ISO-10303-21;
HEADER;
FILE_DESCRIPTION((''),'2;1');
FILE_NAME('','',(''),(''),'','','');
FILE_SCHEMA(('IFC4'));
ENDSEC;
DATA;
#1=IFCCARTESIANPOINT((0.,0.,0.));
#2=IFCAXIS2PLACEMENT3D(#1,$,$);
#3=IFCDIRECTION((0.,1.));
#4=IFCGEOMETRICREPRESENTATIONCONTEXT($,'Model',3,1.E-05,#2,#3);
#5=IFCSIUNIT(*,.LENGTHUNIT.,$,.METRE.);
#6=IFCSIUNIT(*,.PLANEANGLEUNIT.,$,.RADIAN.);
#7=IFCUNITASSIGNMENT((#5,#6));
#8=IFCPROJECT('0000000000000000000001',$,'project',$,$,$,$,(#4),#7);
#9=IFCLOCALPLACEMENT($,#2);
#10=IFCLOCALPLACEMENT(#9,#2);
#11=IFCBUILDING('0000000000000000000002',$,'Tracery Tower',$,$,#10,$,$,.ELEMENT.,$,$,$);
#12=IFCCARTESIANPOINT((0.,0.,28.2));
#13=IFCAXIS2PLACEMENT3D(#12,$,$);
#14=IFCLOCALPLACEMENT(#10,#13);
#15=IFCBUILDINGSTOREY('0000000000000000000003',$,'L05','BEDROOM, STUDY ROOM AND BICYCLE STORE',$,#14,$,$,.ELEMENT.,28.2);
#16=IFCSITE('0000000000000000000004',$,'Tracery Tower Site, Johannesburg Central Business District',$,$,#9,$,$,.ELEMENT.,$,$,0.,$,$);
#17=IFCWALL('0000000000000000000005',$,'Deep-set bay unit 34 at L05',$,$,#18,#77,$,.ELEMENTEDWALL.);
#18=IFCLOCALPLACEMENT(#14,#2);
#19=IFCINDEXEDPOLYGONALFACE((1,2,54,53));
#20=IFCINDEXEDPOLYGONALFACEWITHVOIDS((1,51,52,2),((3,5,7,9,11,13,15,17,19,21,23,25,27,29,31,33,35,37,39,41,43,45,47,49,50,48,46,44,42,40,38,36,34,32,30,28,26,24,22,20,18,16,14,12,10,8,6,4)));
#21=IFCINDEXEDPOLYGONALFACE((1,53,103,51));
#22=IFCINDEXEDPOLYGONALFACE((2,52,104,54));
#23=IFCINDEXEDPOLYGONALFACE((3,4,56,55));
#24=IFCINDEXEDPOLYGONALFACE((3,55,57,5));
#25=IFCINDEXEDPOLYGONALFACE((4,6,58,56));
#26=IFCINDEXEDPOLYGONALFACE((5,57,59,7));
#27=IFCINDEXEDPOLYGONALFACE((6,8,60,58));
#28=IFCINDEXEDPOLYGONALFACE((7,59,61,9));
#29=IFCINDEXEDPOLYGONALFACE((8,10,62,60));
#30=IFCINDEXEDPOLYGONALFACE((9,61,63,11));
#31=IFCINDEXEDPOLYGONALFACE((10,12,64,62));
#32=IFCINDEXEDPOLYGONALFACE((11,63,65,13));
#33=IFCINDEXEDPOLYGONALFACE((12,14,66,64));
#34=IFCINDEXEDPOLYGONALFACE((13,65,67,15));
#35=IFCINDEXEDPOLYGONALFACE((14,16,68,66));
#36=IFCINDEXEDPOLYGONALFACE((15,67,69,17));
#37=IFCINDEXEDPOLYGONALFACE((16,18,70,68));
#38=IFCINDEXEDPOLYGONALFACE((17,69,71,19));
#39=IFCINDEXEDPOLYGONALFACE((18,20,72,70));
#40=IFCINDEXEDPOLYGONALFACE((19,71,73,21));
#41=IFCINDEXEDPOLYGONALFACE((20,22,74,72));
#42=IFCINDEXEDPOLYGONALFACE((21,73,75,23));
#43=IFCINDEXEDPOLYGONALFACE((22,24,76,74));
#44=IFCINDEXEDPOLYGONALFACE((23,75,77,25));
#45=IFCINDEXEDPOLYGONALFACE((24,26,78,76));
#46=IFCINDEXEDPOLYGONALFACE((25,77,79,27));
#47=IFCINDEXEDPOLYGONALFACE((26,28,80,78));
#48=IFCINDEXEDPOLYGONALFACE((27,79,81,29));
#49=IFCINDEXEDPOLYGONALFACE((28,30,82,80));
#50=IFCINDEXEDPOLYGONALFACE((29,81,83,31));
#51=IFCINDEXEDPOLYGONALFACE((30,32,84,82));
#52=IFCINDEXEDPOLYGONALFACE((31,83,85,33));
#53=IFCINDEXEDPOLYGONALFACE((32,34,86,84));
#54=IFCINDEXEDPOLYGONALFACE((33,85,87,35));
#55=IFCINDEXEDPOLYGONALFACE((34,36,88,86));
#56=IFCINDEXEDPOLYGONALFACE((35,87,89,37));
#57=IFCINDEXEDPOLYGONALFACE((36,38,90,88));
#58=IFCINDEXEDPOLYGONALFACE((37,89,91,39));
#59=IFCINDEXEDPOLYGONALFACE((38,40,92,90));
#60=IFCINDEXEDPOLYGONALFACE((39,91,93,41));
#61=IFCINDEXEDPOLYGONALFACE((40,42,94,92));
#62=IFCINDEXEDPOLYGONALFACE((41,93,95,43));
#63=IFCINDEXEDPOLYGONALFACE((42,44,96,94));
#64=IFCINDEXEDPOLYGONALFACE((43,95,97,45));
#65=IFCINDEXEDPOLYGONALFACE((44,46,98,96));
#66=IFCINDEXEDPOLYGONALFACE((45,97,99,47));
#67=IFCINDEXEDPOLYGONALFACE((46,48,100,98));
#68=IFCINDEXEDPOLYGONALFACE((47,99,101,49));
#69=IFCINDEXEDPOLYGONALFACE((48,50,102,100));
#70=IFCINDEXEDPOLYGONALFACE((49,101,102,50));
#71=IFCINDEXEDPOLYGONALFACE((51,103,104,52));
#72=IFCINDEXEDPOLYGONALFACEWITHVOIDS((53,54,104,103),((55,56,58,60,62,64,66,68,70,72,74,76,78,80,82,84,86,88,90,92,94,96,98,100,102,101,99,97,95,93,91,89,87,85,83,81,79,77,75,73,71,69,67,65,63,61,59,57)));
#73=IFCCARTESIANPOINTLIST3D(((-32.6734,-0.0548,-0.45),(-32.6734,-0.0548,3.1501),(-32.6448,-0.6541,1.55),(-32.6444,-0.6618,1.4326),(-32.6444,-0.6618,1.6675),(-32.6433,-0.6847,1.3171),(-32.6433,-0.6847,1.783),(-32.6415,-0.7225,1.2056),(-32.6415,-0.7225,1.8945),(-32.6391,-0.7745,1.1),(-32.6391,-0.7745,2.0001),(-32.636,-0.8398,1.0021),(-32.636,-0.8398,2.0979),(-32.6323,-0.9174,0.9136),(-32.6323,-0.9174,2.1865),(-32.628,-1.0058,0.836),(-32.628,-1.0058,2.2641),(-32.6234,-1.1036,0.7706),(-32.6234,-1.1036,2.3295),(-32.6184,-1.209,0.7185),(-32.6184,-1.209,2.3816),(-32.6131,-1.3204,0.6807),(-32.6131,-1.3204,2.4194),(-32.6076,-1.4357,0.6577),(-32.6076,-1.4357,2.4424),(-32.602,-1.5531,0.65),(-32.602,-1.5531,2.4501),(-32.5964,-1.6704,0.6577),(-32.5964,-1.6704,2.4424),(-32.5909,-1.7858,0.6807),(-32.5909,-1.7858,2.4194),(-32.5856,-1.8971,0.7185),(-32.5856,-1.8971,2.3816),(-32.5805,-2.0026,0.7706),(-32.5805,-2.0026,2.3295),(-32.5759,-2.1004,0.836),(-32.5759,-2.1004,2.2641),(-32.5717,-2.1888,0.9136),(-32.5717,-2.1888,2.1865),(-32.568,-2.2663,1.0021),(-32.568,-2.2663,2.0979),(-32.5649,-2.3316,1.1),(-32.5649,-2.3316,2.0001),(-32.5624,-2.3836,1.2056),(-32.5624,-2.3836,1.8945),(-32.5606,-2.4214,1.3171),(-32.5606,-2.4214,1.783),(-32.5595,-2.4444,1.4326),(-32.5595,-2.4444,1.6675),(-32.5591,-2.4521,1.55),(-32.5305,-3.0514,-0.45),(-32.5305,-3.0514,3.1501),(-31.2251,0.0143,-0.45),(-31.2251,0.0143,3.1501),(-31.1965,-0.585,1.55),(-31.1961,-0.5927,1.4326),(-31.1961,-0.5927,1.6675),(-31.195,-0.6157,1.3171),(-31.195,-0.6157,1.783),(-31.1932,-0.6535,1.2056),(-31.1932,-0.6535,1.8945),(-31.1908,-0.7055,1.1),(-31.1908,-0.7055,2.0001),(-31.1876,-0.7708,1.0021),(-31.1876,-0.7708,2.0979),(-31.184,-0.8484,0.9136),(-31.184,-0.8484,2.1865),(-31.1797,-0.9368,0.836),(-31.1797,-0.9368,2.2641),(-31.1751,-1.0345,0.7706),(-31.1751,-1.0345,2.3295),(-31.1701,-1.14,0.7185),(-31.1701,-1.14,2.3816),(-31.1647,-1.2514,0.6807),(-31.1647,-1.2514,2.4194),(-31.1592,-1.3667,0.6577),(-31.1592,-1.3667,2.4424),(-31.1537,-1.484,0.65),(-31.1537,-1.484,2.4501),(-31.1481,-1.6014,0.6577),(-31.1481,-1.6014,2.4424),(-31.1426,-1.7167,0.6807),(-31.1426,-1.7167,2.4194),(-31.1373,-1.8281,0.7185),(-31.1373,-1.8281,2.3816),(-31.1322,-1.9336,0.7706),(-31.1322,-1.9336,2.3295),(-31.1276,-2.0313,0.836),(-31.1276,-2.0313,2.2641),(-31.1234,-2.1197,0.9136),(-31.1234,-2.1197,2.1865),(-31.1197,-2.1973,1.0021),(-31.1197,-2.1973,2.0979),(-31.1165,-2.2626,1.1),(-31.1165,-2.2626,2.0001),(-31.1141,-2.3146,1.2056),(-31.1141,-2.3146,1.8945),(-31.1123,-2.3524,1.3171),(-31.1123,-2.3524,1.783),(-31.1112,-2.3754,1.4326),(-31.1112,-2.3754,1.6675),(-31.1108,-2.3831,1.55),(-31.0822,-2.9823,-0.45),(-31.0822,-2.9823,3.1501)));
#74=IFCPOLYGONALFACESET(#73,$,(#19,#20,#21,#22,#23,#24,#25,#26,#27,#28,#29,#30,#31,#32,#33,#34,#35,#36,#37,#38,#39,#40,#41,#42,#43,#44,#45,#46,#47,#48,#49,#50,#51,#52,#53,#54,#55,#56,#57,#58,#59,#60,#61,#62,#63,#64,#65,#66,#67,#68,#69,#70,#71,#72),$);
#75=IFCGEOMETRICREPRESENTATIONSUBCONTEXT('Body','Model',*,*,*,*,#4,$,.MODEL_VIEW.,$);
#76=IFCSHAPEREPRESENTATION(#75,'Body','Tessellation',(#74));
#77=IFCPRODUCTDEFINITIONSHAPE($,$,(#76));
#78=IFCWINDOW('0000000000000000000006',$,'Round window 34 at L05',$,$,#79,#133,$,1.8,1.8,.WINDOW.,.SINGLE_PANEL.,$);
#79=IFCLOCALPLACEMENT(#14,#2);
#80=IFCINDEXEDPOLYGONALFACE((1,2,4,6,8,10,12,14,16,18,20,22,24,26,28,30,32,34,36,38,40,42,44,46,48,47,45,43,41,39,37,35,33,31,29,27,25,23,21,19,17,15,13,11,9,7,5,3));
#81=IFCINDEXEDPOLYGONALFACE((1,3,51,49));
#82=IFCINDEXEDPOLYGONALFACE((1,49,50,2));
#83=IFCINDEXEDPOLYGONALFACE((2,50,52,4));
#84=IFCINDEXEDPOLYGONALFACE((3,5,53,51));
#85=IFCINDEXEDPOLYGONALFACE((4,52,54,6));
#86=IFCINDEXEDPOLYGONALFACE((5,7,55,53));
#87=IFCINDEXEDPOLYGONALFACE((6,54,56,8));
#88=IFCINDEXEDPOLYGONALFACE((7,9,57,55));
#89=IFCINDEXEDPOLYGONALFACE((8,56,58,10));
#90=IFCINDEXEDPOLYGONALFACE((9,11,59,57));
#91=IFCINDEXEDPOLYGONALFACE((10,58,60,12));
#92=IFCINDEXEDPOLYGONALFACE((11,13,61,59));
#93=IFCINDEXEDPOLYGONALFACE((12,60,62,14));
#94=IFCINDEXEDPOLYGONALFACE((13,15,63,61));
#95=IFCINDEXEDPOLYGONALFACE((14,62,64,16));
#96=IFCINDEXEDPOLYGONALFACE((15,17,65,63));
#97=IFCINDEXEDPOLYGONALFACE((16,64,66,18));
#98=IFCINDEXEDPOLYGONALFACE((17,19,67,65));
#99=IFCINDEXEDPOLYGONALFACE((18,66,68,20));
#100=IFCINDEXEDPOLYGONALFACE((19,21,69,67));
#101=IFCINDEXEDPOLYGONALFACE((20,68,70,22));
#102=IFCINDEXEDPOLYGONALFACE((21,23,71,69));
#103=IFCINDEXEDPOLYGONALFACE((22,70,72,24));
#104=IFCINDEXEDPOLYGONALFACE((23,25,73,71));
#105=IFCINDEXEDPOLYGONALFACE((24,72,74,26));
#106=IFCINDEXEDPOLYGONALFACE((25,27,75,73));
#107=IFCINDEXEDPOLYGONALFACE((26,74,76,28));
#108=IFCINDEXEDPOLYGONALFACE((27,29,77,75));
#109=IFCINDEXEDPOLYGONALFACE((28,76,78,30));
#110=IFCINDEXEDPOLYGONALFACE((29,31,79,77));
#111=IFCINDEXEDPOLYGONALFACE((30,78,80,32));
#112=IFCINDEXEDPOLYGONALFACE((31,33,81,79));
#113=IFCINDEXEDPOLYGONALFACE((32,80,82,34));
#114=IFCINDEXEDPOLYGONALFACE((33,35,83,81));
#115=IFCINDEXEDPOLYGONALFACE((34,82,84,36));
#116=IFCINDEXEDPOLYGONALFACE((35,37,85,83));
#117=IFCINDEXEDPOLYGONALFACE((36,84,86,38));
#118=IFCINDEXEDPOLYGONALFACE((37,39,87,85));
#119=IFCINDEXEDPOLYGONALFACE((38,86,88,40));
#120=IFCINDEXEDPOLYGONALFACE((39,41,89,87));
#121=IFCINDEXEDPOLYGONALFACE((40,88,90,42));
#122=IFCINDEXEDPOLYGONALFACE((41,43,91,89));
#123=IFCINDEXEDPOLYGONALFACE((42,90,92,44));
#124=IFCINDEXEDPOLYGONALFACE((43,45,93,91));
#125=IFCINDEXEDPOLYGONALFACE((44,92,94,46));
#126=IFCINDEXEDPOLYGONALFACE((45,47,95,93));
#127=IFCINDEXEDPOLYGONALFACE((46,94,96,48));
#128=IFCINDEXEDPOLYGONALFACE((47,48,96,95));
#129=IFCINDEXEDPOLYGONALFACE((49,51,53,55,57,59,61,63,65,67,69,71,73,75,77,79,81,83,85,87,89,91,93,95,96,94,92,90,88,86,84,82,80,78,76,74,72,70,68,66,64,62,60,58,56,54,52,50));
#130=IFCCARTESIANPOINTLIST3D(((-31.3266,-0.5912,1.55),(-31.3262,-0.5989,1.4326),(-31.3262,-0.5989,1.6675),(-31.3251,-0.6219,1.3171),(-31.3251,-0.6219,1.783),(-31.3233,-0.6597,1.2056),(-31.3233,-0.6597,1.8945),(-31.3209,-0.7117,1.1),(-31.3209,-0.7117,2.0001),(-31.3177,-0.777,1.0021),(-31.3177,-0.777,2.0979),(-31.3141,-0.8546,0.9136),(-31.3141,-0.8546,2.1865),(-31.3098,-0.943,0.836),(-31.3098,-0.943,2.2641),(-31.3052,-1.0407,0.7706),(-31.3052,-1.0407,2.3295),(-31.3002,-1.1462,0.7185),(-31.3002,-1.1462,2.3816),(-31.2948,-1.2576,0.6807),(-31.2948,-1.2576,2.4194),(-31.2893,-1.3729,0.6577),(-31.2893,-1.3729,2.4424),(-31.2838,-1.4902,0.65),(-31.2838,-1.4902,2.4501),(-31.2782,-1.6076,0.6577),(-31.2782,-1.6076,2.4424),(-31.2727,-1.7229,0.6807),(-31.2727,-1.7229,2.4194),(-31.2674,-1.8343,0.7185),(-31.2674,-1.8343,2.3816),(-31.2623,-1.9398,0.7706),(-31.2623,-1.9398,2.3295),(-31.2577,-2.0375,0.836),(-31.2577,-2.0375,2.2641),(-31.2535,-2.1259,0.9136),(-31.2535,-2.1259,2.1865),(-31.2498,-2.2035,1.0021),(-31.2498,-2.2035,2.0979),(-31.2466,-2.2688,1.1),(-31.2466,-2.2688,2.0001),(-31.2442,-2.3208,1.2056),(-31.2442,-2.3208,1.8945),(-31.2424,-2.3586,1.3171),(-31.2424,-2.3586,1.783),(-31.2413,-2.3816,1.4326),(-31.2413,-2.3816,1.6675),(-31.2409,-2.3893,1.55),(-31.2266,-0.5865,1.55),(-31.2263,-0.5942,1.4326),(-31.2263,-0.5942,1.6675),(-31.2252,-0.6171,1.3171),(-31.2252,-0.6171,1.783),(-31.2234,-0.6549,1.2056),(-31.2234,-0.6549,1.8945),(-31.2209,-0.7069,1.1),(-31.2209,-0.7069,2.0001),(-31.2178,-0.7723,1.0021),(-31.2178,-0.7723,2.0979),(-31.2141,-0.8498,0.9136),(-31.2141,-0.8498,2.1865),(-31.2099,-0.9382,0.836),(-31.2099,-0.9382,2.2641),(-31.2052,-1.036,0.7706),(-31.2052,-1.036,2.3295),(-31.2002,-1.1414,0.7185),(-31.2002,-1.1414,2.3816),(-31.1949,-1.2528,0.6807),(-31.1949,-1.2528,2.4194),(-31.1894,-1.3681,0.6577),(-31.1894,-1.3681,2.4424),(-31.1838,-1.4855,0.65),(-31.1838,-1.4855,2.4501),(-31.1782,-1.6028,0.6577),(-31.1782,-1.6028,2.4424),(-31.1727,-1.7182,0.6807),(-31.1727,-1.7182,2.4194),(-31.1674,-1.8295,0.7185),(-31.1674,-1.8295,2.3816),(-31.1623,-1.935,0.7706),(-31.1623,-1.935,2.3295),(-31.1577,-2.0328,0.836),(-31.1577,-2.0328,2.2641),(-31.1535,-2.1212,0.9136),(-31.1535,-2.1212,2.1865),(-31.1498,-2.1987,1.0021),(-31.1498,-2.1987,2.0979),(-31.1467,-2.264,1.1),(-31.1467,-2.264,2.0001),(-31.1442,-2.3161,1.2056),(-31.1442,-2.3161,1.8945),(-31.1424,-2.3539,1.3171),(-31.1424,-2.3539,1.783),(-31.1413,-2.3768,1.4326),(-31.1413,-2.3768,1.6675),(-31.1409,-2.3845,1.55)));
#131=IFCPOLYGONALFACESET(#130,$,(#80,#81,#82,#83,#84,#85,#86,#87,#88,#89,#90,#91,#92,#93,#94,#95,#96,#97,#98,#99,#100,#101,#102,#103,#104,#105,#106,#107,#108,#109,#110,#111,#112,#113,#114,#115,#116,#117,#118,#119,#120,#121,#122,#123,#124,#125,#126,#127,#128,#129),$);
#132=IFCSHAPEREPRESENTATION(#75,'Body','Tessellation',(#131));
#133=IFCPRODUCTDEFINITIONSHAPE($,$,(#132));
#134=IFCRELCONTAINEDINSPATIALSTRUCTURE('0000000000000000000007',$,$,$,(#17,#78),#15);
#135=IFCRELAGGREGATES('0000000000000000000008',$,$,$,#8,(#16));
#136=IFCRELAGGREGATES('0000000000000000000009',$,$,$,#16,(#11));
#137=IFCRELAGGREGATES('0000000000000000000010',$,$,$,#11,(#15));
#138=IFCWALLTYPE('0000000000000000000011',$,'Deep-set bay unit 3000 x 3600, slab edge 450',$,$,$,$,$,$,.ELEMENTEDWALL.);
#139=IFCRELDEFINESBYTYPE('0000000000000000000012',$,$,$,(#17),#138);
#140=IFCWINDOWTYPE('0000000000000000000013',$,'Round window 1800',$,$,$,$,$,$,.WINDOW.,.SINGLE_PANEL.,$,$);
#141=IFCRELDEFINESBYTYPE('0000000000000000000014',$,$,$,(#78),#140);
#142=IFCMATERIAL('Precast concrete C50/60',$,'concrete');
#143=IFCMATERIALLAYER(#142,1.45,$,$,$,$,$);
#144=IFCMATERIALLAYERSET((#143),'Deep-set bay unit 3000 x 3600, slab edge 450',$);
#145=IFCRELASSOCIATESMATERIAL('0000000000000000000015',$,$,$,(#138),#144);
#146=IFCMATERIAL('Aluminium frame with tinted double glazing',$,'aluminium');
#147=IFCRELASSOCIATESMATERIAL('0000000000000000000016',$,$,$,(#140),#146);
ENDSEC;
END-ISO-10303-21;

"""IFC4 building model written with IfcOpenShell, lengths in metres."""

from ifc_helpers import new_model, si_unit, direction, frame, frame_2d, origin, origin_2d, place, context, subcontext, project, spatial, rectangle, circle, extrude, material, layer, layer_set, type_object, element, fill, save


model = new_model("IFC4")

# Units and contexts
model_context = context("Model", 3, precision=1e-05, world=origin(), true_north=direction((0.0, 1.0)))
body_context = subcontext(model_context, "Body", "Model", "MODEL_VIEW")
ifc_project = project(units=[si_unit("LENGTHUNIT", "METRE"), si_unit("PLANEANGLEUNIT", "RADIAN")], contexts=[model_context])

# Site, building, storey
site_placement = place(None, origin())
site = spatial("IfcSite", under=ifc_project, at=site_placement, Name="Tracery Tower Site, Johannesburg Central Business District", CompositionType="ELEMENT", RefElevation=0.0)
building_placement = place(site_placement, origin())
building = spatial("IfcBuilding", under=site, at=building_placement, Name="Tracery Tower", CompositionType="ELEMENT")
storey_placement = place(building_placement, frame((0.0, 0.0, 28.2)))
storey = spatial("IfcBuildingStorey", under=building, at=storey_placement, Name="L05", Description="BEDROOM, STUDY ROOM AND BICYCLE STORE", CompositionType="ELEMENT", Elevation=28.2)

# Wall, opening, window
ifc_material_1 = material(Name="Precast concrete C50/60", Category="concrete")
ifc_layer_1 = layer(ifc_material_1, 1.45)
ifc_layer_set_1 = layer_set([ifc_layer_1], Name="Deep-set bay unit 3000 x 3600, slab edge 450")
wall_type_1 = type_object("IfcWallType", Name="Deep-set bay unit 3000 x 3600, slab edge 450", PredefinedType="ELEMENTEDWALL", material=ifc_layer_set_1)
wall_1_placement = place(storey_placement, frame((-31.9492, -0.0203, -0.45), z_axis=(0.0, 0.0, 1.0), x_axis=(0.047608, -0.998866, 0.0)))
wall_1 = element("IfcWall", 1, at=wall_1_placement, inside=storey, type_object=wall_type_1, Name="Deep-set bay unit 34 at L05", PredefinedType="ELEMENTEDWALL", context=body_context, shape_type="SweptSolid", body=[
    extrude(rectangle(XDim=3.0, YDim=1.45, at=frame_2d((1.5, 0.0))), origin(), (0.0, 0.0, 1.0), 3.6001),
])
opening_1_placement = place(wall_1_placement, frame((1.5, 0.0, 2.0)))
opening_1 = element("IfcOpeningElement", 2, at=opening_1_placement, cuts=wall_1, PredefinedType="OPENING", context=body_context, shape_type="SweptSolid", body=[
    extrude(circle(Radius=0.9, at=origin_2d()), frame((0.0, 0.7349, 0.0), z_axis=(0.0, -1.0, 0.0), x_axis=(1.0, 0.0, 0.0)), (0.0, 0.0, 1.0), 1.47),
])
ifc_material_2 = material(Name="Aluminium frame with tinted double glazing", Category="aluminium")
window_type = type_object("IfcWindowType", Name="Round window 1800", PartitioningType="SINGLE_PANEL", PredefinedType="WINDOW", material=ifc_material_2)
window_1_placement = place(opening_1_placement, origin())
window_1 = element("IfcWindow", 3, at=window_1_placement, inside=storey, type_object=window_type, Name="Round window 34 at L05", OverallHeight=1.8, OverallWidth=1.8, PartitioningType="SINGLE_PANEL", PredefinedType="WINDOW", context=body_context, shape_type="SweptSolid", body=[
    extrude(circle(Radius=0.9, at=origin_2d()), frame((0.0, 0.6948, 0.0), z_axis=(0.0, -1.0, 0.0), x_axis=(1.0, 0.0, 0.0)), (0.0, 0.0, 1.0), 0.1001),
])
fill(opening_1, window_1)

save(model, "model.ifc")
